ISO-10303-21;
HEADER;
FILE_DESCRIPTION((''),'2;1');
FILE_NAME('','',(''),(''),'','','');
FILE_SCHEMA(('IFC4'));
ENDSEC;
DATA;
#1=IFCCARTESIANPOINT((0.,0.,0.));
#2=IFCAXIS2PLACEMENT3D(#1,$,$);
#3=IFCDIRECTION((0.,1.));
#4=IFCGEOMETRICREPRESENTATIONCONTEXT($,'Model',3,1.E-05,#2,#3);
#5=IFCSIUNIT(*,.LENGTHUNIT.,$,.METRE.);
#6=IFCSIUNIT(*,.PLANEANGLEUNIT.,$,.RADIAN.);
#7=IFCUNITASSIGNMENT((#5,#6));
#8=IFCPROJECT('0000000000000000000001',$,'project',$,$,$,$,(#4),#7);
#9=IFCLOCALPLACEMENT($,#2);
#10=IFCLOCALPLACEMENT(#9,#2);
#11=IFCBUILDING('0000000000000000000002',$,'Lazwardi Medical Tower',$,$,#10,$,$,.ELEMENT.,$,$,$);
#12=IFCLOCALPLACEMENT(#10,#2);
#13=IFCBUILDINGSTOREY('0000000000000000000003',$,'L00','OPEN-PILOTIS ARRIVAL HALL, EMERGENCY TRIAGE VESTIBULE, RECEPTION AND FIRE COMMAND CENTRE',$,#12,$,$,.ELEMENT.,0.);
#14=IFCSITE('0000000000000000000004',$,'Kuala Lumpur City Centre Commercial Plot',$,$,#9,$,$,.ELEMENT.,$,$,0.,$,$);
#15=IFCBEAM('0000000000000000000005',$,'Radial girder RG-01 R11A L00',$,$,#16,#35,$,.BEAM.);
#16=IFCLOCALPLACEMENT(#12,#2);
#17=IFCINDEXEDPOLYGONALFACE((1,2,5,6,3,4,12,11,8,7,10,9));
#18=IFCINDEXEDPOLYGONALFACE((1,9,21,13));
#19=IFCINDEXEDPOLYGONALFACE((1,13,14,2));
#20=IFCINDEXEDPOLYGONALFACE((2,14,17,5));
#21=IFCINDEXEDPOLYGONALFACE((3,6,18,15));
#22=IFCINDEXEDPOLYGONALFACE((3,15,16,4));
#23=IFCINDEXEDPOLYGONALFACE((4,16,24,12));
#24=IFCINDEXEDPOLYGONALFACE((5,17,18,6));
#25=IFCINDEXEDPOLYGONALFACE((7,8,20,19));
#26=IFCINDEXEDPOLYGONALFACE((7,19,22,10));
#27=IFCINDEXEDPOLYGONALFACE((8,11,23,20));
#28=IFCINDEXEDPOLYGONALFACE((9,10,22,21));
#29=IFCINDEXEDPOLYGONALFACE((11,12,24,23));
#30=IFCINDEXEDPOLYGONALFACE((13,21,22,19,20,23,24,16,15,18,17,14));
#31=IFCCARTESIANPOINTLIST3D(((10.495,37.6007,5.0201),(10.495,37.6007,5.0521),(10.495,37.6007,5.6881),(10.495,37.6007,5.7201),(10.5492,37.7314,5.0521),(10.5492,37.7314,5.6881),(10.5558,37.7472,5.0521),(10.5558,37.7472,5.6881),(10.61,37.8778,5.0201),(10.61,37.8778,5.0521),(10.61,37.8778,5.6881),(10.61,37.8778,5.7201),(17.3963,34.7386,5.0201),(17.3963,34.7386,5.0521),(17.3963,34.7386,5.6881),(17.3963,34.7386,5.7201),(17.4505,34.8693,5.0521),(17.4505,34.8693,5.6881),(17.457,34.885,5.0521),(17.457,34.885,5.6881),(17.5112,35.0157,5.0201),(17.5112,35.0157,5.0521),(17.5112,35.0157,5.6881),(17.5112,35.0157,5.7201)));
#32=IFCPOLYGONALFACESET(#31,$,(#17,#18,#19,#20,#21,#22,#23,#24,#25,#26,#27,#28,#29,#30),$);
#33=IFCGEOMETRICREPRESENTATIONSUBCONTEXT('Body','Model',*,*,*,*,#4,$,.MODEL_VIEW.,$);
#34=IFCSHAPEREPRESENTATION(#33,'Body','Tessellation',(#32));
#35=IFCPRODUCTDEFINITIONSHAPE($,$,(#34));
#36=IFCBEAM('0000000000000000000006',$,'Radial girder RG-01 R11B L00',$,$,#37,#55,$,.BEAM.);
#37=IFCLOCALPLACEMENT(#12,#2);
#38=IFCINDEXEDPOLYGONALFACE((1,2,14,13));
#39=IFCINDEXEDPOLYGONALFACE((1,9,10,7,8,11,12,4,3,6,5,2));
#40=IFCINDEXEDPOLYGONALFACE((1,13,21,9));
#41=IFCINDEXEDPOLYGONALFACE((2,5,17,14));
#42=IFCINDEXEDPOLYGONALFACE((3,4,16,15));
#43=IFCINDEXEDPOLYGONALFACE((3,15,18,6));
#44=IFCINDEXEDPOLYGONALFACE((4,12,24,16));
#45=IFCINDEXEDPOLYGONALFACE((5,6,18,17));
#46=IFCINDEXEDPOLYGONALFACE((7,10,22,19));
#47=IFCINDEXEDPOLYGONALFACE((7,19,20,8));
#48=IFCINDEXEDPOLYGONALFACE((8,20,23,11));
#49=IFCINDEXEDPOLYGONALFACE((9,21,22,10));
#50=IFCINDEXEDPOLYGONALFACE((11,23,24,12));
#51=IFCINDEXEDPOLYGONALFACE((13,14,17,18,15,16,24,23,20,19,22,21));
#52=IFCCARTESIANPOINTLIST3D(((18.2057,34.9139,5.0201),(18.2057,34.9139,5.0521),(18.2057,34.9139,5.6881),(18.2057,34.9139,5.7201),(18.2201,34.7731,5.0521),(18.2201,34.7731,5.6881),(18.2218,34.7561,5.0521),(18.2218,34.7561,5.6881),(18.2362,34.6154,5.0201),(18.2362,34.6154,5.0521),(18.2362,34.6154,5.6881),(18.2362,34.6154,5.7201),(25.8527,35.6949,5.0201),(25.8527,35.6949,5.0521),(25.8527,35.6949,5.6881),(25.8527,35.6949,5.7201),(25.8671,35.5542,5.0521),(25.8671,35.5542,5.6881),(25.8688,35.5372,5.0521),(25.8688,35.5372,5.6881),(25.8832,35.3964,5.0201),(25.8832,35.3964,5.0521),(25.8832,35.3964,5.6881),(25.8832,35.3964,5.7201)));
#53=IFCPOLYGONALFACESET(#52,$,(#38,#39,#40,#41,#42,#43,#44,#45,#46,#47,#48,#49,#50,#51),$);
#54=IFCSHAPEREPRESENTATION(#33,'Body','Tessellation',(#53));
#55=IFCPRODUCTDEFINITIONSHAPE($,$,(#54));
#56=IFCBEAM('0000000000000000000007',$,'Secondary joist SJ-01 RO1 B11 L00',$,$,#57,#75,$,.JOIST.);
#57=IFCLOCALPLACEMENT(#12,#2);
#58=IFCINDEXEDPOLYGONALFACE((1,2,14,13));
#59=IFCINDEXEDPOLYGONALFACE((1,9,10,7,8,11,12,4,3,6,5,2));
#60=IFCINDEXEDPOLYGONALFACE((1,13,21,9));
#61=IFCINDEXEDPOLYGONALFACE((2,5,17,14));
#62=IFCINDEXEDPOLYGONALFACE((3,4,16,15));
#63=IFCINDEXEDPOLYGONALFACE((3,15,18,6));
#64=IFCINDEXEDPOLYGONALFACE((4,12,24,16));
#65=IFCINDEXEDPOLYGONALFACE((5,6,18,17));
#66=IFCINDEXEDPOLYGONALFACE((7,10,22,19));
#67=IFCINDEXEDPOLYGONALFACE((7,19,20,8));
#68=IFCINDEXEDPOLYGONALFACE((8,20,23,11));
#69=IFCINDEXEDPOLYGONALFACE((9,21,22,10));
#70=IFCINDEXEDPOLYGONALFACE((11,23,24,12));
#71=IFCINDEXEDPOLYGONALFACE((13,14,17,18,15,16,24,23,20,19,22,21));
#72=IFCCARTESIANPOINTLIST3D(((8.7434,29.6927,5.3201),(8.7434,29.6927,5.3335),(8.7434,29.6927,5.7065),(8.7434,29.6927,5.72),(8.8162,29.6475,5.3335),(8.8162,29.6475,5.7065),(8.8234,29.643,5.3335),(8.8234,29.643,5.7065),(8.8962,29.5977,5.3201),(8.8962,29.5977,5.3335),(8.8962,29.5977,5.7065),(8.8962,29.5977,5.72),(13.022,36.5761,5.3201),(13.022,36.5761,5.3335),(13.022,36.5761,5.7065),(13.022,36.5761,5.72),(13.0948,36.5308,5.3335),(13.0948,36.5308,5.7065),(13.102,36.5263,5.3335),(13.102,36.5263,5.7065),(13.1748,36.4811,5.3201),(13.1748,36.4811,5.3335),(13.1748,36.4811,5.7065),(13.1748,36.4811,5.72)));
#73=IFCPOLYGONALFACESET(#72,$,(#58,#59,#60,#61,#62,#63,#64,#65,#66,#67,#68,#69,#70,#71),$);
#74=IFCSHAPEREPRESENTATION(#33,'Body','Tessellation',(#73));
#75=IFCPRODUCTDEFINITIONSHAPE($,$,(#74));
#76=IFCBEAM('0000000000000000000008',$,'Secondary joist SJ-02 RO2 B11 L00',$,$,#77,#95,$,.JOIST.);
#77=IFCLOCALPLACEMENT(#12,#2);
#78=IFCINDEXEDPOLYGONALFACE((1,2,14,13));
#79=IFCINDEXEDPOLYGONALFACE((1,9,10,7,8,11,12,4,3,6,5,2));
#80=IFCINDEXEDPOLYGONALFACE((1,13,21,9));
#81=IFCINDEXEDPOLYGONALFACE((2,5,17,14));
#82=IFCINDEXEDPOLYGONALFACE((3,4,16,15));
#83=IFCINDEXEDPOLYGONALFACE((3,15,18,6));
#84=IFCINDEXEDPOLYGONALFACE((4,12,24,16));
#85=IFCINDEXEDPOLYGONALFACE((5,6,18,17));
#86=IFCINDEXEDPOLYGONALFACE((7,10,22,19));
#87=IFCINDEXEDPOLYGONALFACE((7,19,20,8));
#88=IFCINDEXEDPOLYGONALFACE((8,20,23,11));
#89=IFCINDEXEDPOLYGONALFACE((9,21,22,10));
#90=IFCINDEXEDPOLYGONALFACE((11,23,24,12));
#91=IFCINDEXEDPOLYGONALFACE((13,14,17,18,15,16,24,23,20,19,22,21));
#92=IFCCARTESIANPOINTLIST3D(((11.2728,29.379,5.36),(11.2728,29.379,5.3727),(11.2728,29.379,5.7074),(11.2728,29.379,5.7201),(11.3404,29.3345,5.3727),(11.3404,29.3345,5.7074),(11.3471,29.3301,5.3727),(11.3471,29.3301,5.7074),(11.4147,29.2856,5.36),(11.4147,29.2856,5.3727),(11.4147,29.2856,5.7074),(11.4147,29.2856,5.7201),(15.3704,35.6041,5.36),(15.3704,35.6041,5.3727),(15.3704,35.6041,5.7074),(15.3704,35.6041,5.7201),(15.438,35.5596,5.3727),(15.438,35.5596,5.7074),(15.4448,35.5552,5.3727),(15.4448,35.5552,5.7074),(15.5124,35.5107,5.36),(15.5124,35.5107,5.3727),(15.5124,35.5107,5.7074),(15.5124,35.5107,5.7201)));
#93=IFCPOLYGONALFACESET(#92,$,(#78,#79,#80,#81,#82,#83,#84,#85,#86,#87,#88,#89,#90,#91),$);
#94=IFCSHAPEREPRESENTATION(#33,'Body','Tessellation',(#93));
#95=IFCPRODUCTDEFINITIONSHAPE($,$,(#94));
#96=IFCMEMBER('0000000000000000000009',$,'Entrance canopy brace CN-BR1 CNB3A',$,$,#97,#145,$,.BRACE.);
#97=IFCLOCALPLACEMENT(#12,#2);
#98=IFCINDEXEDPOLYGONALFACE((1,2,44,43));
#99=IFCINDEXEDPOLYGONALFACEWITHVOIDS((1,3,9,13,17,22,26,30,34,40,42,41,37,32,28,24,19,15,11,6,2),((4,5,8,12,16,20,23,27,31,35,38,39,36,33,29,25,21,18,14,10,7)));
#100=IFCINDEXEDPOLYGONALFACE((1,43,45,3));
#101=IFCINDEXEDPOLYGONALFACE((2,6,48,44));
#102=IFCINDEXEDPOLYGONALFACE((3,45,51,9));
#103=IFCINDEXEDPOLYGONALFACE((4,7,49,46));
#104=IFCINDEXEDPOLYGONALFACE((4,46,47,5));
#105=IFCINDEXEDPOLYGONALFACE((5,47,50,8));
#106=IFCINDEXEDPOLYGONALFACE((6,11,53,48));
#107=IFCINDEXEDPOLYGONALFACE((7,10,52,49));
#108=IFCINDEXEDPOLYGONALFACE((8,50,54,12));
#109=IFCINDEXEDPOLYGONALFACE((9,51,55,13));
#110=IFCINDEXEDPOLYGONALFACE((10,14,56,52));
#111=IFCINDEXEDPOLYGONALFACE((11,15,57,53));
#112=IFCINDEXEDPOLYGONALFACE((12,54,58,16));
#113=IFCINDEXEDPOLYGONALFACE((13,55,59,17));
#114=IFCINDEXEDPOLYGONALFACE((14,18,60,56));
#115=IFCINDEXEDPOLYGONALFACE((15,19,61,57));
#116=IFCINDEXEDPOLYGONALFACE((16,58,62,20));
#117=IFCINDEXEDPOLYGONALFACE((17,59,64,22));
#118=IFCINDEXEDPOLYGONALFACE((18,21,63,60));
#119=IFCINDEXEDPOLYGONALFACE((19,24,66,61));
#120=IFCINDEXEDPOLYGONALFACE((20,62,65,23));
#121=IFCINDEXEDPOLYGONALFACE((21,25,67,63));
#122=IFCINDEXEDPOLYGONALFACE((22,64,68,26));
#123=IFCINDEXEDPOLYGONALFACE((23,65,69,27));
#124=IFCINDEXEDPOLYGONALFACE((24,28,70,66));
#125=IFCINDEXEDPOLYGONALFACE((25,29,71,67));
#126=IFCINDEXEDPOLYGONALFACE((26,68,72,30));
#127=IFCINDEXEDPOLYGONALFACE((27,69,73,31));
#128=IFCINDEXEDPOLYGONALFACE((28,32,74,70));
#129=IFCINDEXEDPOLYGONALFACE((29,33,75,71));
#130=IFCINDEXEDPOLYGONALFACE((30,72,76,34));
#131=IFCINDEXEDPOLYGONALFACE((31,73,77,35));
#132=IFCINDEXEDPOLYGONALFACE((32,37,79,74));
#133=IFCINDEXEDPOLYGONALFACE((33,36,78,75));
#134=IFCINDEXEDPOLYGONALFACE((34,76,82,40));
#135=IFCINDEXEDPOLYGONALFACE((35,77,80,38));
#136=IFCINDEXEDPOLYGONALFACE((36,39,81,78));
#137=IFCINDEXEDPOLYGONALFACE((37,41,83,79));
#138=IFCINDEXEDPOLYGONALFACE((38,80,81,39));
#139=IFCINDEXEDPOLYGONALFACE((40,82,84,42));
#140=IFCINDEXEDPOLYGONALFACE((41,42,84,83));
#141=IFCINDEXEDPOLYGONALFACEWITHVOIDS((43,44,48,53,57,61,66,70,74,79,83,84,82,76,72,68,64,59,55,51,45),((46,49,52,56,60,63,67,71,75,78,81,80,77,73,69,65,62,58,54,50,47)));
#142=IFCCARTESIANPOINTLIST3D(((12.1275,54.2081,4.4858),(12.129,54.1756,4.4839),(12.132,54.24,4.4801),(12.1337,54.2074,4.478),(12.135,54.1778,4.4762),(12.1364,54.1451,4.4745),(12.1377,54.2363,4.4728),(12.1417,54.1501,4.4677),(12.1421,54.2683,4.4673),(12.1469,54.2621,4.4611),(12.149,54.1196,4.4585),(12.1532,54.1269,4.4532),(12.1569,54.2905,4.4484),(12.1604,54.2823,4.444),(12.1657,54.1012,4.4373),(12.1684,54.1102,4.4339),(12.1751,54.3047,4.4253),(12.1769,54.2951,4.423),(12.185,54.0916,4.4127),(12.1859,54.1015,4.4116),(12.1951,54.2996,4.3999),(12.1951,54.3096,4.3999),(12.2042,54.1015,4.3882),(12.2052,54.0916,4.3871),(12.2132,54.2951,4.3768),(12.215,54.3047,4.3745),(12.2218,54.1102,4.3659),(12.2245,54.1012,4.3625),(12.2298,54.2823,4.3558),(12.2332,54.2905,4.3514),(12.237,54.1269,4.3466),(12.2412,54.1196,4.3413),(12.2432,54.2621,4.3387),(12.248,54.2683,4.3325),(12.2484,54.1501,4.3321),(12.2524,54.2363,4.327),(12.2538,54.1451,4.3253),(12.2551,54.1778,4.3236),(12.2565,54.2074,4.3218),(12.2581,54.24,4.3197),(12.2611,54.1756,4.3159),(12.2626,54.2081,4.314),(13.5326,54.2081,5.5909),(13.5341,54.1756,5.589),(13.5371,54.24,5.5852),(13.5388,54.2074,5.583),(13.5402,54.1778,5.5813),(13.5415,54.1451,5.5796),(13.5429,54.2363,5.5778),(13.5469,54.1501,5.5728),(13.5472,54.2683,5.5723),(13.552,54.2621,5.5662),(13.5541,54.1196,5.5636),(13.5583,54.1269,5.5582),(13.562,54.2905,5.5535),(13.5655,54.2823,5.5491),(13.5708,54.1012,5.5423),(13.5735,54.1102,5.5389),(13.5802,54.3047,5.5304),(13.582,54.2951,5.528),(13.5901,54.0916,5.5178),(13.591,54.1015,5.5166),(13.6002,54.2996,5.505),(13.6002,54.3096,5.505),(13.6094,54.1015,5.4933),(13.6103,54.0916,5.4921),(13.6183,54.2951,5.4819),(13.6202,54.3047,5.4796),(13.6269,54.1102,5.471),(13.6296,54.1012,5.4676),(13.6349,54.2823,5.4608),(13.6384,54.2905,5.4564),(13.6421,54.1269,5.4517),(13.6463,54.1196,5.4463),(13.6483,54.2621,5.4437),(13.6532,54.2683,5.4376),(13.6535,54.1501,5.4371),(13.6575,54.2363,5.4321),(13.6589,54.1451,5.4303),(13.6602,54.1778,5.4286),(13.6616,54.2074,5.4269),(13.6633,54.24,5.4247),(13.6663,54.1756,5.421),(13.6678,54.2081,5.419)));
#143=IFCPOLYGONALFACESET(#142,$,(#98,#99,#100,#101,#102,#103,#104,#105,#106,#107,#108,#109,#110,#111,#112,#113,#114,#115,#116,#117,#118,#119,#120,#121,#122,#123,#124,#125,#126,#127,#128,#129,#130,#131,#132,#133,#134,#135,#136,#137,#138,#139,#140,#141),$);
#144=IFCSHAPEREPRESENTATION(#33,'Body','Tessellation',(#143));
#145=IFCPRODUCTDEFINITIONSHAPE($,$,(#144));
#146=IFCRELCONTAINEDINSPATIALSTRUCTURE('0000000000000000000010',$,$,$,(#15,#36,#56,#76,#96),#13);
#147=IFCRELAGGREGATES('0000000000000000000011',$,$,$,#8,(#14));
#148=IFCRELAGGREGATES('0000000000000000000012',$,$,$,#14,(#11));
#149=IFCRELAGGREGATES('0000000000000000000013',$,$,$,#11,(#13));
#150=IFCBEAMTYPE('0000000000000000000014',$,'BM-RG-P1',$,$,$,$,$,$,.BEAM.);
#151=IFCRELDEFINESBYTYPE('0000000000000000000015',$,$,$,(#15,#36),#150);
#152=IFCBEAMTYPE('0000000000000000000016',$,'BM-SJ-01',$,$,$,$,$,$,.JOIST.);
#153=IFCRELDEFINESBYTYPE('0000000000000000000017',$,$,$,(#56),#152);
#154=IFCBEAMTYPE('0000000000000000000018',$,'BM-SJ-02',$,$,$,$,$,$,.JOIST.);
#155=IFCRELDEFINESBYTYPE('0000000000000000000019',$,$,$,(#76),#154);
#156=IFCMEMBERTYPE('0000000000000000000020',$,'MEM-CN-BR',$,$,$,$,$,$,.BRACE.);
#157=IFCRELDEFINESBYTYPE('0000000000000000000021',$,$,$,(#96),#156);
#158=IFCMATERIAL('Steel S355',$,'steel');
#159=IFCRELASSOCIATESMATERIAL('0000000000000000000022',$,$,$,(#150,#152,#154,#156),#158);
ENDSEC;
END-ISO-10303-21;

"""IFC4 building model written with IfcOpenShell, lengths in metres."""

from ifc_helpers import new_model, si_unit, direction, frame, origin, origin_2d, place, context, subcontext, project, spatial, hollow_circle, i_section, extrude, material, material_profile, profile_set, type_object, element, save


model = new_model("IFC4")

# Units and contexts
model_context = context("Model", 3, precision=1e-05, world=origin(), true_north=direction((0.0, 1.0)))
body_context = subcontext(model_context, "Body", "Model", "MODEL_VIEW")
ifc_project = project(units=[si_unit("LENGTHUNIT", "METRE"), si_unit("PLANEANGLEUNIT", "RADIAN")], contexts=[model_context])

# Site, building, storey
site_placement = place(None, origin())
site = spatial("IfcSite", under=ifc_project, at=site_placement, Name="Kuala Lumpur City Centre Commercial Plot", CompositionType="ELEMENT", RefElevation=0.0)
building_placement = place(site_placement, origin())
building = spatial("IfcBuilding", under=site, at=building_placement, Name="Lazwardi Medical Tower", CompositionType="ELEMENT")
storey_placement = place(building_placement, origin())
storey = spatial("IfcBuildingStorey", under=building, at=storey_placement, Name="L00", Description="OPEN-PILOTIS ARRIVAL HALL, EMERGENCY TRIAGE VESTIBULE, RECEPTION AND FIRE COMMAND CENTRE", CompositionType="ELEMENT", Elevation=0.0)

# Shared definitions
ifc_material_1 = material(Name="Steel S355", Category="steel")

# Beams
ifc_material_profile_1 = material_profile(ifc_material_1, i_section(OverallWidth=0.3, OverallDepth=0.7, WebThickness=0.0171, FlangeThickness=0.032, at=origin_2d()), Name="HEB 700")
ifc_profile_set_1 = profile_set([ifc_material_profile_1], Name="Steel S355")
beam_type_1 = type_object("IfcBeamType", Name="BM-RG-P1", PredefinedType="BEAM", material=ifc_profile_set_1)
beam_1_placement = place(storey_placement, frame((10.5525, 37.7393, 5.3701), z_axis=(0.923713, -0.383086, 0.0), x_axis=(0.383086, 0.923713, 0.0)))
element("IfcBeam", 1, at=beam_1_placement, inside=storey, type_object=beam_type_1, Name="Radial girder RG-01 R11A L00", PredefinedType="BEAM", context=body_context, shape_type="SweptSolid", body=[
    extrude(i_section(OverallWidth=0.3, OverallDepth=0.7, WebThickness=0.0171, FlangeThickness=0.032, at=origin_2d()), origin(), (0.0, 0.0, 1.0), 7.4712),
])
beam_2_placement = place(storey_placement, frame((18.2209, 34.7646, 5.3701), z_axis=(0.994825, 0.101604, 0.0), x_axis=(-0.101604, 0.994825, 0.0)))
element("IfcBeam", 2, at=beam_2_placement, inside=storey, type_object=beam_type_1, Name="Radial girder RG-01 R11B L00", PredefinedType="BEAM", context=body_context, shape_type="SweptSolid", body=[
    extrude(i_section(OverallWidth=0.3, OverallDepth=0.7, WebThickness=0.0171, FlangeThickness=0.032, at=origin_2d()), origin(), (0.0, 0.0, 1.0), 7.6868),
])
ifc_material_profile_2 = material_profile(ifc_material_1, i_section(OverallWidth=0.1799, OverallDepth=0.3999, WebThickness=0.0085, FlangeThickness=0.0134, at=origin_2d()), Name="IPE 400")
ifc_profile_set_2 = profile_set([ifc_material_profile_2], Name="Steel S355")
beam_type_2 = type_object("IfcBeamType", Name="BM-SJ-01", PredefinedType="JOIST", material=ifc_profile_set_2)
beam_3_placement = place(storey_placement, frame((13.0984, 36.5286, 5.52), z_axis=(-0.527912, -0.849299, 0.0), x_axis=(0.849299, -0.527912, 0.0)))
element("IfcBeam", 3, at=beam_3_placement, inside=storey, type_object=beam_type_2, Name="Secondary joist SJ-01 RO1 B11 L00", PredefinedType="JOIST", context=body_context, shape_type="SweptSolid", body=[
    extrude(i_section(OverallWidth=0.1799, OverallDepth=0.3999, WebThickness=0.0085, FlangeThickness=0.0134, at=origin_2d()), origin(), (0.0, 0.0, 1.0), 8.1047),
])
ifc_material_profile_3 = material_profile(ifc_material_1, i_section(OverallWidth=0.1699, OverallDepth=0.3601, WebThickness=0.0081, FlangeThickness=0.0127, at=origin_2d()), Name="IPE 360")
ifc_profile_set_3 = profile_set([ifc_material_profile_3], Name="Steel S355")
beam_type_3 = type_object("IfcBeamType", Name="BM-SJ-02", PredefinedType="JOIST", material=ifc_profile_set_3)
beam_4_placement = place(storey_placement, frame((15.4414, 35.5574, 5.54), z_axis=(-0.549822, -0.835282, 0.0), x_axis=(0.835282, -0.549822, 0.0)))
element("IfcBeam", 4, at=beam_4_placement, inside=storey, type_object=beam_type_3, Name="Secondary joist SJ-02 RO2 B11 L00", PredefinedType="JOIST", context=body_context, shape_type="SweptSolid", body=[
    extrude(i_section(OverallWidth=0.1699, OverallDepth=0.3601, WebThickness=0.0081, FlangeThickness=0.0127, at=origin_2d()), origin(), (0.0, 0.0, 1.0), 7.4526),
])

# Member
ifc_material_profile_4 = material_profile(ifc_material_1, hollow_circle(Radius=0.1096, WallThickness=0.01, at=origin_2d()), Name="CHS 219.1x10")
ifc_profile_set_4 = profile_set([ifc_material_profile_4], Name="Steel S355")
member_type = type_object("IfcMemberType", Name="MEM-CN-BR", PredefinedType="BRACE", material=ifc_profile_set_4)
for number, where, z_axis, x_axis, name in (
    (5, (12.1951, 54.2, 4.3999), (0.786039, 0.0, 0.618177), (0.0, 1.0, 0.0), "Entrance canopy brace CN-BR1 CNB3A"),
):
    element("IfcMember", number, at=place(storey_placement, frame(where, z_axis=z_axis, x_axis=x_axis)), inside=storey, type_object=member_type, Name=name, PredefinedType="BRACE", context=body_context, shape_type="SweptSolid", body=[
        extrude(hollow_circle(Radius=0.1096, WallThickness=0.01, at=origin_2d()), origin(), (0.0, 0.0, 1.0), 1.7876),
    ])

save(model, "model.ifc")
